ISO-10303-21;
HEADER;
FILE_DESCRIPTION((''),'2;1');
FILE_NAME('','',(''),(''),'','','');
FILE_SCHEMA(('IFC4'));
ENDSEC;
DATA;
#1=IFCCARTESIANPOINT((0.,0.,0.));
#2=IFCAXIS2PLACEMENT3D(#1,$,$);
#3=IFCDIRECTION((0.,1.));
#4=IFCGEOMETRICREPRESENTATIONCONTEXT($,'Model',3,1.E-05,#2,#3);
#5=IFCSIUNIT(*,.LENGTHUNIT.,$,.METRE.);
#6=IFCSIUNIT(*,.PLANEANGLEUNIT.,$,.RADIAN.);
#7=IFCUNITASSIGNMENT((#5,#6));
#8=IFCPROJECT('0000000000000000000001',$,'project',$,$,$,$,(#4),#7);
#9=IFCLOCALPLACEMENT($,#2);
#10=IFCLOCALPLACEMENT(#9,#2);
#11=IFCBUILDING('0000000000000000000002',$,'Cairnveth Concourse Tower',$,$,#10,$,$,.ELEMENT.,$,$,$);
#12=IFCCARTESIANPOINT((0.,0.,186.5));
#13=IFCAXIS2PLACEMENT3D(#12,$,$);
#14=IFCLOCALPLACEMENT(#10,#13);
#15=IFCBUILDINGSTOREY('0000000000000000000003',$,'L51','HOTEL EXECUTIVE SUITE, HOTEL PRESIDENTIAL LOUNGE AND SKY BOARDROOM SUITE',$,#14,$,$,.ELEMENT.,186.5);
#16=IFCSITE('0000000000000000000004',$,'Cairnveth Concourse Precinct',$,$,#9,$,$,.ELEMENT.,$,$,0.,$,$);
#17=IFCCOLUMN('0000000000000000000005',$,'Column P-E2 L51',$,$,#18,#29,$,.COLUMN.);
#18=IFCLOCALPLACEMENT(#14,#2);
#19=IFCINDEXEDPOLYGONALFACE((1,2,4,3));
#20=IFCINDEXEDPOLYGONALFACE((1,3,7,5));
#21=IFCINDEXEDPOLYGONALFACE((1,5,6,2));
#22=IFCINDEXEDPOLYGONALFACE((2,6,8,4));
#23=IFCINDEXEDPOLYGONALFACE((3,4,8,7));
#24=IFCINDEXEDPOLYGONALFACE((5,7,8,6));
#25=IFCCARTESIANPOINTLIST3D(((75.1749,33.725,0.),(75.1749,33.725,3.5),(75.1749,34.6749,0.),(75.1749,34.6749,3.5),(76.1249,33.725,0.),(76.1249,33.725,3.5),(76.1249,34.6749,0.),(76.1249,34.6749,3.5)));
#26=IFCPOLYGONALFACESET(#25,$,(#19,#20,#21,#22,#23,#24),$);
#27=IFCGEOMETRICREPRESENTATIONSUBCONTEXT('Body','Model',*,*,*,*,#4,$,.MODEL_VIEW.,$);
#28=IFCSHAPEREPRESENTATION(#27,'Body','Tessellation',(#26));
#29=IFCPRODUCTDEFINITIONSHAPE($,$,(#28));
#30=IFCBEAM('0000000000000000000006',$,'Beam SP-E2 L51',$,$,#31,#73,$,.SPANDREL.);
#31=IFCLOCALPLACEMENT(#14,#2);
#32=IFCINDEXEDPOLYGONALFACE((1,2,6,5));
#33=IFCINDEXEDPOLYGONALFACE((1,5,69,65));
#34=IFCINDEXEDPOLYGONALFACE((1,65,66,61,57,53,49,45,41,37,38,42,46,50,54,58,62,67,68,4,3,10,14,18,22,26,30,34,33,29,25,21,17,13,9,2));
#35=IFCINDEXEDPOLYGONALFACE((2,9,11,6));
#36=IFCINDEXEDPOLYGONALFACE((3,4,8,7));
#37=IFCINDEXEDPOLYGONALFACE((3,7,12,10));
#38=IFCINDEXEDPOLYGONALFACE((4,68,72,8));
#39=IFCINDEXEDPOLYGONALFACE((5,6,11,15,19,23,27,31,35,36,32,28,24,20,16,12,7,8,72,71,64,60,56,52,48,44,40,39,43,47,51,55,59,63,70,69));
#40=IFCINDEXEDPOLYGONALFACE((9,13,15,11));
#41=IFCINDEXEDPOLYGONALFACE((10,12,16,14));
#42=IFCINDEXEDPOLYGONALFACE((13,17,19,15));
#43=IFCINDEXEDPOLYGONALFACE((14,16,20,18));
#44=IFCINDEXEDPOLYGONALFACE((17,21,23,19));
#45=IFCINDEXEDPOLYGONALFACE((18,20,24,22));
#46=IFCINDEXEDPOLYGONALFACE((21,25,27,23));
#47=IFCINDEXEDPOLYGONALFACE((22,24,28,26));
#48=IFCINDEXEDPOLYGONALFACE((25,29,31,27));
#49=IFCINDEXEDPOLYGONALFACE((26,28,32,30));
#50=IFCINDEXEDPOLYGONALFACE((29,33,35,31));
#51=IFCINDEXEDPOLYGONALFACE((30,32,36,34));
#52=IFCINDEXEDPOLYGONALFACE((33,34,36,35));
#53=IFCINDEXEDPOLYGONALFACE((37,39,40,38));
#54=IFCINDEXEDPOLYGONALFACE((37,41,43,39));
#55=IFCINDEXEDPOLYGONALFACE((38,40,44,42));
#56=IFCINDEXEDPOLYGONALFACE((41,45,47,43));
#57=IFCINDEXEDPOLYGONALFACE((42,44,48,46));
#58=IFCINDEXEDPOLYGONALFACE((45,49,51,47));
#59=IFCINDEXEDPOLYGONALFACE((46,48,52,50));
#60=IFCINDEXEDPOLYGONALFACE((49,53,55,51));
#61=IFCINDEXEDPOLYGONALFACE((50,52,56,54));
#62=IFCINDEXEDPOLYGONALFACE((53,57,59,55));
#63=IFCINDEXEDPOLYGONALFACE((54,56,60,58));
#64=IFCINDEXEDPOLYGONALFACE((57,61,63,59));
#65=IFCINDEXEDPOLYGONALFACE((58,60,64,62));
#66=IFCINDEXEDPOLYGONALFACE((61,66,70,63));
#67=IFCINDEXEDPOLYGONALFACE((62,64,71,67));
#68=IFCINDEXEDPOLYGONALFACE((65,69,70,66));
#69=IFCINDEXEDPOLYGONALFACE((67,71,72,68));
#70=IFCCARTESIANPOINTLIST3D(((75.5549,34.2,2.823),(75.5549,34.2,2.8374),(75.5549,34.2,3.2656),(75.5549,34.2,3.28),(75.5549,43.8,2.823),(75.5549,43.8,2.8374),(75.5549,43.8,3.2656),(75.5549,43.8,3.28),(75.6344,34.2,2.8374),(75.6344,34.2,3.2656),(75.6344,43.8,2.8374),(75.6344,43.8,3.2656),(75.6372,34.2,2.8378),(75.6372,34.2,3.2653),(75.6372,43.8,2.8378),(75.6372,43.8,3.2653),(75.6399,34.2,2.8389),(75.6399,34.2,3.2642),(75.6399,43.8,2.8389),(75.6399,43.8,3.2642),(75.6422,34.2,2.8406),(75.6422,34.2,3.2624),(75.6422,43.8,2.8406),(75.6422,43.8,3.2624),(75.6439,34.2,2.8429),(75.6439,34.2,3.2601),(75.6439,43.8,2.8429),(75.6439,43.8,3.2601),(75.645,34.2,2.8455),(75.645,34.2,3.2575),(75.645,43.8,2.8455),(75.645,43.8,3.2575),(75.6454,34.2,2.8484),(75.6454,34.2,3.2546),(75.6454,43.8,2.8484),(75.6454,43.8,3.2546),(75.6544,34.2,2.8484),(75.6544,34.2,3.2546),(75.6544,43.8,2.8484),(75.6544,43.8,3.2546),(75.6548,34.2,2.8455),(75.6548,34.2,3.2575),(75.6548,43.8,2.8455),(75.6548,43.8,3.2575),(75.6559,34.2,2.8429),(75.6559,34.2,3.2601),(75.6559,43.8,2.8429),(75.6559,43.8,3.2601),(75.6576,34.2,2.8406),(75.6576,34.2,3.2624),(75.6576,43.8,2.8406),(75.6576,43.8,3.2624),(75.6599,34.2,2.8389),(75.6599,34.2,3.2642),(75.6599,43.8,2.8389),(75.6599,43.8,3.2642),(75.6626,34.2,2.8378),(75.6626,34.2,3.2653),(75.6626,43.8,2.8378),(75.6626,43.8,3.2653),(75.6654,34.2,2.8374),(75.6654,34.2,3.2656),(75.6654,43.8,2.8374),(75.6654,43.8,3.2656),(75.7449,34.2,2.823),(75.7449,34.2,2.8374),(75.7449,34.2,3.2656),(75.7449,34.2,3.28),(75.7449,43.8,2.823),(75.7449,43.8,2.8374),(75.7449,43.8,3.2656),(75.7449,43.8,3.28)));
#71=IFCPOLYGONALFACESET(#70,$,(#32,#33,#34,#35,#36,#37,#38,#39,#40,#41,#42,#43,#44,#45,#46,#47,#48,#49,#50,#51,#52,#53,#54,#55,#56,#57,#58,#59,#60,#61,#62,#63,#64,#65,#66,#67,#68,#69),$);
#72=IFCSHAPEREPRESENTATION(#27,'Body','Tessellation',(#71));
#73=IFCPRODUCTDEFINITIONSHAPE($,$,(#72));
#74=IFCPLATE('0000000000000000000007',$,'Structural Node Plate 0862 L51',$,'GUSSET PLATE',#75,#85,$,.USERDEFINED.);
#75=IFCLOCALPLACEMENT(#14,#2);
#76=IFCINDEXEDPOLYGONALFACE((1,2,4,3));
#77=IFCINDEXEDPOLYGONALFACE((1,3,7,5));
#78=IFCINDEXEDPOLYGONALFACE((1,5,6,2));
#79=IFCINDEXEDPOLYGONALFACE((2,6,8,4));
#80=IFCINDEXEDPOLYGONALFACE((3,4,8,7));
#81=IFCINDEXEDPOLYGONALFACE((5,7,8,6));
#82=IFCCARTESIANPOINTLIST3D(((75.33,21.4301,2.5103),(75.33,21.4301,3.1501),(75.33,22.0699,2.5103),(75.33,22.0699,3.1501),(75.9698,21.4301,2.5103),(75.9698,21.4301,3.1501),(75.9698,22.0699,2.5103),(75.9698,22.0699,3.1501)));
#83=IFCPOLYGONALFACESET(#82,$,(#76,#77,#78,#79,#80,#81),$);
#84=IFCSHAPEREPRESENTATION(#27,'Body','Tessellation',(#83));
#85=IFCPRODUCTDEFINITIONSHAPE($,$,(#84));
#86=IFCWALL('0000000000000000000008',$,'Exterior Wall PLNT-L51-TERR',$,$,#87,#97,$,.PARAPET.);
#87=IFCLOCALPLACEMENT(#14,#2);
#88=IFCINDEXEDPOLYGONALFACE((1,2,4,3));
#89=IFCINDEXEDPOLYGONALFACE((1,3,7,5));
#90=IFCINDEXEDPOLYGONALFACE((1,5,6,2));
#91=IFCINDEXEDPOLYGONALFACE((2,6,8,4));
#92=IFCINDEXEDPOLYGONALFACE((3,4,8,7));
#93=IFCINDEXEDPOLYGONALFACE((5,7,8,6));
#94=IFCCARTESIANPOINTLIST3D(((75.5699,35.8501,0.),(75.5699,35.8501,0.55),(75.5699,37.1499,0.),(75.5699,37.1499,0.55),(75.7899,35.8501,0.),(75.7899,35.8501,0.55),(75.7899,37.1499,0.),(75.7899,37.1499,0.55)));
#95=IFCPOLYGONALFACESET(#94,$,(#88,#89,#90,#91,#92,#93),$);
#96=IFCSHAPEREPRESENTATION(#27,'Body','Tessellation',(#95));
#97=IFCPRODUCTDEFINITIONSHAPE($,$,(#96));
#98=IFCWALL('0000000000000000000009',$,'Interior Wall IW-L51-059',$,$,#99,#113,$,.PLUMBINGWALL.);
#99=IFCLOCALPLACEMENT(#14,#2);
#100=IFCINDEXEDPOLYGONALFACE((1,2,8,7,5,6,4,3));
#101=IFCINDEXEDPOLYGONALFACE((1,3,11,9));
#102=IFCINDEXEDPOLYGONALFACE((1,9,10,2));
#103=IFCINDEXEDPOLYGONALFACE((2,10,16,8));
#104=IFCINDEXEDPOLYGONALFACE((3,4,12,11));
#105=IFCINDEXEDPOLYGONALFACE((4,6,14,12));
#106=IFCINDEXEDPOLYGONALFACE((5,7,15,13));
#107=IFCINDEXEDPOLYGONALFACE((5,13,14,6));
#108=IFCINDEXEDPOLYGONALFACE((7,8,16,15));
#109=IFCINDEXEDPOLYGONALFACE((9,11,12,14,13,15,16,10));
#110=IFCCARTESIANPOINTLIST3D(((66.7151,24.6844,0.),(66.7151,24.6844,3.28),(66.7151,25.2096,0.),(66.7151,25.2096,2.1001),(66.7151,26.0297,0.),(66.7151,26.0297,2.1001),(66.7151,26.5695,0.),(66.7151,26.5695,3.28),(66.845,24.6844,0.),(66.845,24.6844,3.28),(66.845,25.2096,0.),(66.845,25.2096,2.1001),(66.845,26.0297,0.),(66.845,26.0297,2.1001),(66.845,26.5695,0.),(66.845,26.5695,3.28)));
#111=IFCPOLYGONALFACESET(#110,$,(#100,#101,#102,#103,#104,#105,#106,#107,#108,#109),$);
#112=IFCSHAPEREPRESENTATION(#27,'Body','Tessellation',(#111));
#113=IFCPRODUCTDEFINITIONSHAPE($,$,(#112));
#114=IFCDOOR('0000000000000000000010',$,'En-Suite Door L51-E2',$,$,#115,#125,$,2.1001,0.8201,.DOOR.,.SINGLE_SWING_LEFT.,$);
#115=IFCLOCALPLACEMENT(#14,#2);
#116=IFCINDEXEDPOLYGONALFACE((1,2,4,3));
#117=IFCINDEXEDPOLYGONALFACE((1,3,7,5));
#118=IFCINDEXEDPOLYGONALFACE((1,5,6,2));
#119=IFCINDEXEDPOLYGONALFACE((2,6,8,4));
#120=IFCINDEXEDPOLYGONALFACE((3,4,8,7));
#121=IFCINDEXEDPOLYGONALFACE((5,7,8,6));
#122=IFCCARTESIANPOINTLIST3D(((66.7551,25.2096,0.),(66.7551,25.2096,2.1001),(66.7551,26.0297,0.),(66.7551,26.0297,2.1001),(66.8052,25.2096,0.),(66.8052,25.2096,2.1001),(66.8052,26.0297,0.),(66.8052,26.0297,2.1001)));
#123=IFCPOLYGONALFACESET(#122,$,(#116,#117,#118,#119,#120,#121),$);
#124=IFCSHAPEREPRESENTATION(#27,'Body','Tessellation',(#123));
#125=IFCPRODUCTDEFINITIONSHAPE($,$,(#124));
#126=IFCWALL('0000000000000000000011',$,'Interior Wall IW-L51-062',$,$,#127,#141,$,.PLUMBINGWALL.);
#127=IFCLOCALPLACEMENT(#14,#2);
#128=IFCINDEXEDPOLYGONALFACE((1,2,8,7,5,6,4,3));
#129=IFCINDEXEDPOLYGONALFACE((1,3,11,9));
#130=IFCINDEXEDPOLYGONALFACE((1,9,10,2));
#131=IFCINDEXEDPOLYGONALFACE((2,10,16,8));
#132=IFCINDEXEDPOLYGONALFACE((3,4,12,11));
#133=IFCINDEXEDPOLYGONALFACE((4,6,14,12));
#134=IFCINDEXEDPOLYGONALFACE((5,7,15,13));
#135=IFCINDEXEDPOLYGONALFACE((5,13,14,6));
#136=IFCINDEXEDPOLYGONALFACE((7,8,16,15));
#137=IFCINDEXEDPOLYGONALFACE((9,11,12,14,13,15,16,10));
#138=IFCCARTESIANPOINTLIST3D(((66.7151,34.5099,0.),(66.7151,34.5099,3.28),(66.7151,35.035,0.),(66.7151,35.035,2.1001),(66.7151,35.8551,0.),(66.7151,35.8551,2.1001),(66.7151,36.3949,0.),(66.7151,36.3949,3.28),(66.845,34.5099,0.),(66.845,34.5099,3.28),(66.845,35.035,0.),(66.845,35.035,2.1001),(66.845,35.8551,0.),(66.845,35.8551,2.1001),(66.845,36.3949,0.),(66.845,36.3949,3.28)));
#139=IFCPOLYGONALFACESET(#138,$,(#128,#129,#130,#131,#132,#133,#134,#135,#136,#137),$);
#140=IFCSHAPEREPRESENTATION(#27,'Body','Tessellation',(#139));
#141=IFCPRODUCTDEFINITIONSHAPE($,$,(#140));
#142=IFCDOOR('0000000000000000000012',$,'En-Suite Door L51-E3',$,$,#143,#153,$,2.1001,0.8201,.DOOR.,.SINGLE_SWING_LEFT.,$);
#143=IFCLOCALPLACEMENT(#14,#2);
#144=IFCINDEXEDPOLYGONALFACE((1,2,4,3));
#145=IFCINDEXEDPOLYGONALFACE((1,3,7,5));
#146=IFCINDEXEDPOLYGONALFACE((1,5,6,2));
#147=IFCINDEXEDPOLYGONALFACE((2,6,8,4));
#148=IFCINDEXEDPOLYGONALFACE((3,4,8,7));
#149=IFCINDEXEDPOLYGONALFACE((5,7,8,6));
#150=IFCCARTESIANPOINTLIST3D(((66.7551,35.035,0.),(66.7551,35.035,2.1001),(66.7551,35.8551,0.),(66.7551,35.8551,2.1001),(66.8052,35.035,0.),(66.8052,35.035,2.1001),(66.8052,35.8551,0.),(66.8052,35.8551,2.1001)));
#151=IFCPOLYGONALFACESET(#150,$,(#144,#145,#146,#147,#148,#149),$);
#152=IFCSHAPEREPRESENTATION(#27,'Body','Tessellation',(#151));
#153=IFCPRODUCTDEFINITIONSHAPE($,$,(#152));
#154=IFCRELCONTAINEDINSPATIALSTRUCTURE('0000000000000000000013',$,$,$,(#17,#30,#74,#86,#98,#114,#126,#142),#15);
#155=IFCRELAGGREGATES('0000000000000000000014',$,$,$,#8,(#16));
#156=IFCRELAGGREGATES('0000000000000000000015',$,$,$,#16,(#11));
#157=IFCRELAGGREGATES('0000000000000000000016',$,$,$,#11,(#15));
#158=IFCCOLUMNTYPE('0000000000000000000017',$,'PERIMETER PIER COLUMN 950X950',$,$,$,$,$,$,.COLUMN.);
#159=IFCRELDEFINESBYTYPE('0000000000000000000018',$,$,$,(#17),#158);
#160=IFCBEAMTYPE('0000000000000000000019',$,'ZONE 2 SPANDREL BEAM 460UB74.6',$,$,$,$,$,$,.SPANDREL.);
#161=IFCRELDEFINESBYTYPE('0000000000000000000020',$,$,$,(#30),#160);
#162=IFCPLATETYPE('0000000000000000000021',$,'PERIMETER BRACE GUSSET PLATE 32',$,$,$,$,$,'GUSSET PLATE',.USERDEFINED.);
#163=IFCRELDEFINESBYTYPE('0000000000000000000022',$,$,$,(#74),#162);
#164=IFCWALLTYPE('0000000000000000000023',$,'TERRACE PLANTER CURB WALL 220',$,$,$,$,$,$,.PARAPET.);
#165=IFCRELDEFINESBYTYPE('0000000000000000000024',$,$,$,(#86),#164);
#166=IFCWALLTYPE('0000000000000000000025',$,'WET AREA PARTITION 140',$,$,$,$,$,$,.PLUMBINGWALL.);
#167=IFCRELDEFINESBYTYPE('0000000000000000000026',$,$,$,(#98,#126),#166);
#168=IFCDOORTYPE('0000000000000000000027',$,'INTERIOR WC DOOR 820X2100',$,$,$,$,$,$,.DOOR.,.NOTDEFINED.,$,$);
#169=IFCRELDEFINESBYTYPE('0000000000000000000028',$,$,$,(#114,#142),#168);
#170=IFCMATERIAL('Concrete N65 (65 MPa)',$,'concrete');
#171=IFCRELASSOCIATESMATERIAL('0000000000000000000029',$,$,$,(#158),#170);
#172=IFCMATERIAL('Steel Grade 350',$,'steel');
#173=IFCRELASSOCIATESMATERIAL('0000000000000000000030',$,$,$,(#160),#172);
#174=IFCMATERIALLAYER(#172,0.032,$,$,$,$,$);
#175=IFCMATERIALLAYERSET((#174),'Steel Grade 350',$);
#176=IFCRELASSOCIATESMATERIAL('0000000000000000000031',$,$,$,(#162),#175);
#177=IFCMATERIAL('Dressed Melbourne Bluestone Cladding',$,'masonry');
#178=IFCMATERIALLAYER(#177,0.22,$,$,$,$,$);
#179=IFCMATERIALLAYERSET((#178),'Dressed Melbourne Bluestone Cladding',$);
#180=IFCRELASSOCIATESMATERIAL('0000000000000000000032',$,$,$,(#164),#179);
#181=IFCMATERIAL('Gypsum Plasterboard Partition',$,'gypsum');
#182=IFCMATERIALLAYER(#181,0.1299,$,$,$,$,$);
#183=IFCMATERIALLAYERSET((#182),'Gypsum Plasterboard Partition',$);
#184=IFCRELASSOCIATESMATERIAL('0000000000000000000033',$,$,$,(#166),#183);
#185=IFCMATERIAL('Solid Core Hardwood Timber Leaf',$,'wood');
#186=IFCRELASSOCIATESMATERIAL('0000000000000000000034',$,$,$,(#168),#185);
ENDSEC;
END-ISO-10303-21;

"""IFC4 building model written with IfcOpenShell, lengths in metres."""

from ifc_helpers import new_model, si_unit, direction, frame, frame_2d, origin, origin_2d, place, context, subcontext, project, spatial, rectangle, i_section, extrude, material, layer, layer_set, material_profile, profile_set, type_object, element, fill, save


model = new_model("IFC4")

# Units and contexts
model_context = context("Model", 3, precision=1e-05, world=origin(), true_north=direction((0.0, 1.0)))
body_context = subcontext(model_context, "Body", "Model", "MODEL_VIEW")
ifc_project = project(units=[si_unit("LENGTHUNIT", "METRE"), si_unit("PLANEANGLEUNIT", "RADIAN")], contexts=[model_context])

# Site, building, storey
site_placement = place(None, origin())
site = spatial("IfcSite", under=ifc_project, at=site_placement, Name="Cairnveth Concourse Precinct", CompositionType="ELEMENT", RefElevation=0.0)
building_placement = place(site_placement, origin())
building = spatial("IfcBuilding", under=site, at=building_placement, Name="Cairnveth Concourse Tower", CompositionType="ELEMENT")
storey_placement = place(building_placement, frame((0.0, 0.0, 186.5)))
storey = spatial("IfcBuildingStorey", under=building, at=storey_placement, Name="L51", Description="HOTEL EXECUTIVE SUITE, HOTEL PRESIDENTIAL LOUNGE AND SKY BOARDROOM SUITE", CompositionType="ELEMENT", Elevation=186.5)

# Column
ifc_material_1 = material(Name="Concrete N65 (65 MPa)", Category="concrete")
ifc_material_profile_1 = material_profile(ifc_material_1, rectangle(XDim=0.95, YDim=0.95, at=origin_2d()), Name="RC-COL-950x950")
ifc_profile_set_1 = profile_set([ifc_material_profile_1], Name="Concrete N65 (65 MPa)")
column_type = type_object("IfcColumnType", Name="PERIMETER PIER COLUMN 950X950", PredefinedType="COLUMN", material=ifc_profile_set_1)
column_placement = place(storey_placement, frame((75.6499, 34.2, 0.0), z_axis=(0.0, 0.0, 1.0), x_axis=(0.0, 1.0, 0.0)))
element("IfcColumn", 1, at=column_placement, inside=storey, type_object=column_type, Name="Column P-E2 L51", PredefinedType="COLUMN", context=body_context, shape_type="SweptSolid", body=[
    extrude(rectangle(XDim=0.95, YDim=0.95, at=origin_2d()), origin(), (0.0, 0.0, 1.0), 3.5),
])

# Beam
ifc_material_2 = material(Name="Steel Grade 350", Category="steel")
ifc_material_profile_2 = material_profile(ifc_material_2, i_section(OverallWidth=0.1899, OverallDepth=0.457, WebThickness=0.009, FlangeThickness=0.0144, FilletRadius=0.011, at=origin_2d()), Name="460UB74.6")
ifc_profile_set_2 = profile_set([ifc_material_profile_2], Name="Steel Grade 350")
beam_type = type_object("IfcBeamType", Name="ZONE 2 SPANDREL BEAM 460UB74.6", PredefinedType="SPANDREL", material=ifc_profile_set_2)
beam_placement = place(storey_placement, frame((75.6499, 34.2, 3.0515), z_axis=(0.0, 1.0, 0.0), x_axis=(-1.0, 0.0, 0.0)))
element("IfcBeam", 2, at=beam_placement, inside=storey, type_object=beam_type, Name="Beam SP-E2 L51", PredefinedType="SPANDREL", context=body_context, shape_type="SweptSolid", body=[
    extrude(i_section(OverallWidth=0.1899, OverallDepth=0.457, WebThickness=0.009, FlangeThickness=0.0144, FilletRadius=0.011, at=origin_2d()), origin(), (0.0, 0.0, 1.0), 9.6001),
])

# Plate
ifc_layer_1 = layer(ifc_material_2, 0.032)
ifc_layer_set_1 = layer_set([ifc_layer_1], Name="Steel Grade 350")
plate_type = type_object("IfcPlateType", Name="PERIMETER BRACE GUSSET PLATE 32", ElementType="GUSSET PLATE", PredefinedType="USERDEFINED", material=ifc_layer_set_1)
plate_placement = place(storey_placement, frame((75.6499, 21.75, 2.5103), z_axis=(0.0, 0.0, 1.0), x_axis=(1.0, 0.0, 0.0)))
element("IfcPlate", 3, at=plate_placement, inside=storey, type_object=plate_type, Name="Structural Node Plate 0862 L51", ObjectType="GUSSET PLATE", PredefinedType="USERDEFINED", context=body_context, shape_type="SweptSolid", body=[
    extrude(rectangle(XDim=0.6399, YDim=0.6399, at=origin_2d()), origin(), (0.0, 0.0, 1.0), 0.6399),
])

# Wall
ifc_material_3 = material(Name="Dressed Melbourne Bluestone Cladding", Category="masonry")
ifc_layer_2 = layer(ifc_material_3, 0.22)
ifc_layer_set_2 = layer_set([ifc_layer_2], Name="Dressed Melbourne Bluestone Cladding")
wall_type_1 = type_object("IfcWallType", Name="TERRACE PLANTER CURB WALL 220", PredefinedType="PARAPET", material=ifc_layer_set_2)
wall_1_placement = place(storey_placement, frame((75.6799, 35.8501, 0.0), z_axis=(0.0, 0.0, 1.0), x_axis=(0.0, 1.0, 0.0)))
element("IfcWall", 4, at=wall_1_placement, inside=storey, type_object=wall_type_1, Name="Exterior Wall PLNT-L51-TERR", PredefinedType="PARAPET", context=body_context, shape_type="SweptSolid", body=[
    extrude(rectangle(XDim=1.2998, YDim=0.22, at=frame_2d((0.6499, 0.0))), origin(), (0.0, 0.0, 1.0), 0.55),
])

# Walls, openings, doors
ifc_material_4 = material(Name="Gypsum Plasterboard Partition", Category="gypsum")
ifc_layer_3 = layer(ifc_material_4, 0.1299)
ifc_layer_set_3 = layer_set([ifc_layer_3], Name="Gypsum Plasterboard Partition")
wall_type_2 = type_object("IfcWallType", Name="WET AREA PARTITION 140", PredefinedType="PLUMBINGWALL", material=ifc_layer_set_3)
wall_2_placement = place(storey_placement, frame((66.78, 24.6846, 0.0), z_axis=(0.0, 0.0, 1.0), x_axis=(0.0, 1.0, 0.0)))
wall_2 = element("IfcWall", 5, at=wall_2_placement, inside=storey, type_object=wall_type_2, Name="Interior Wall IW-L51-059", PredefinedType="PLUMBINGWALL", context=body_context, shape_type="SweptSolid", body=[
    extrude(rectangle(XDim=1.885, YDim=0.1299, at=frame_2d((0.9424, 0.0))), origin(), (0.0, 0.0, 1.0), 3.28),
])
opening_1_placement = place(wall_2_placement, frame((0.5249, 0.0, 0.0)))
opening_1 = element("IfcOpeningElement", 6, at=opening_1_placement, cuts=wall_2, PredefinedType="OPENING", context=body_context, shape_type="SweptSolid", body=[
    extrude(rectangle(XDim=0.8201, YDim=2.1001, at=frame_2d((0.4102, 1.05))), frame((0.0, 0.075, 0.0), z_axis=(0.0, -1.0, 0.0), x_axis=(1.0, 0.0, 0.0)), (0.0, 0.0, 1.0), 0.1499),
])
ifc_material_5 = material(Name="Solid Core Hardwood Timber Leaf", Category="wood")
door_type = type_object("IfcDoorType", Name="INTERIOR WC DOOR 820X2100", OperationType="NOTDEFINED", PredefinedType="DOOR", material=ifc_material_5)
door_1_placement = place(opening_1_placement, origin())
door_1 = element("IfcDoor", 7, at=door_1_placement, inside=storey, type_object=door_type, Name="En-Suite Door L51-E2", OperationType="SINGLE_SWING_LEFT", OverallHeight=2.1001, OverallWidth=0.8201, PredefinedType="DOOR", context=body_context, shape_type="SweptSolid", body=[
    extrude(rectangle(XDim=0.8201, YDim=2.1001, at=frame_2d((0.4102, 1.05))), frame((0.0, 0.0249, 0.0), z_axis=(0.0, -1.0, 0.0), x_axis=(1.0, 0.0, 0.0)), (0.0, 0.0, 1.0), 0.05),
])
fill(opening_1, door_1)
wall_3_placement = place(storey_placement, frame((66.78, 34.51, 0.0), z_axis=(0.0, 0.0, 1.0), x_axis=(0.0, 1.0, 0.0)))
wall_3 = element("IfcWall", 8, at=wall_3_placement, inside=storey, type_object=wall_type_2, Name="Interior Wall IW-L51-062", PredefinedType="PLUMBINGWALL", context=body_context, shape_type="SweptSolid", body=[
    extrude(rectangle(XDim=1.885, YDim=0.1299, at=frame_2d((0.9424, 0.0))), origin(), (0.0, 0.0, 1.0), 3.28),
])
opening_2_placement = place(wall_3_placement, frame((0.5249, 0.0, 0.0)))
opening_2 = element("IfcOpeningElement", 9, at=opening_2_placement, cuts=wall_3, PredefinedType="OPENING", context=body_context, shape_type="SweptSolid", body=[
    extrude(rectangle(XDim=0.8201, YDim=2.1001, at=frame_2d((0.4102, 1.05))), frame((0.0, 0.075, 0.0), z_axis=(0.0, -1.0, 0.0), x_axis=(1.0, 0.0, 0.0)), (0.0, 0.0, 1.0), 0.1499),
])
door_2_placement = place(opening_2_placement, origin())
door_2 = element("IfcDoor", 10, at=door_2_placement, inside=storey, type_object=door_type, Name="En-Suite Door L51-E3", OperationType="SINGLE_SWING_LEFT", OverallHeight=2.1001, OverallWidth=0.8201, PredefinedType="DOOR", context=body_context, shape_type="SweptSolid", body=[
    extrude(rectangle(XDim=0.8201, YDim=2.1001, at=frame_2d((0.4102, 1.05))), frame((0.0, 0.0249, 0.0), z_axis=(0.0, -1.0, 0.0), x_axis=(1.0, 0.0, 0.0)), (0.0, 0.0, 1.0), 0.05),
])
fill(opening_2, door_2)

save(model, "model.ifc")
